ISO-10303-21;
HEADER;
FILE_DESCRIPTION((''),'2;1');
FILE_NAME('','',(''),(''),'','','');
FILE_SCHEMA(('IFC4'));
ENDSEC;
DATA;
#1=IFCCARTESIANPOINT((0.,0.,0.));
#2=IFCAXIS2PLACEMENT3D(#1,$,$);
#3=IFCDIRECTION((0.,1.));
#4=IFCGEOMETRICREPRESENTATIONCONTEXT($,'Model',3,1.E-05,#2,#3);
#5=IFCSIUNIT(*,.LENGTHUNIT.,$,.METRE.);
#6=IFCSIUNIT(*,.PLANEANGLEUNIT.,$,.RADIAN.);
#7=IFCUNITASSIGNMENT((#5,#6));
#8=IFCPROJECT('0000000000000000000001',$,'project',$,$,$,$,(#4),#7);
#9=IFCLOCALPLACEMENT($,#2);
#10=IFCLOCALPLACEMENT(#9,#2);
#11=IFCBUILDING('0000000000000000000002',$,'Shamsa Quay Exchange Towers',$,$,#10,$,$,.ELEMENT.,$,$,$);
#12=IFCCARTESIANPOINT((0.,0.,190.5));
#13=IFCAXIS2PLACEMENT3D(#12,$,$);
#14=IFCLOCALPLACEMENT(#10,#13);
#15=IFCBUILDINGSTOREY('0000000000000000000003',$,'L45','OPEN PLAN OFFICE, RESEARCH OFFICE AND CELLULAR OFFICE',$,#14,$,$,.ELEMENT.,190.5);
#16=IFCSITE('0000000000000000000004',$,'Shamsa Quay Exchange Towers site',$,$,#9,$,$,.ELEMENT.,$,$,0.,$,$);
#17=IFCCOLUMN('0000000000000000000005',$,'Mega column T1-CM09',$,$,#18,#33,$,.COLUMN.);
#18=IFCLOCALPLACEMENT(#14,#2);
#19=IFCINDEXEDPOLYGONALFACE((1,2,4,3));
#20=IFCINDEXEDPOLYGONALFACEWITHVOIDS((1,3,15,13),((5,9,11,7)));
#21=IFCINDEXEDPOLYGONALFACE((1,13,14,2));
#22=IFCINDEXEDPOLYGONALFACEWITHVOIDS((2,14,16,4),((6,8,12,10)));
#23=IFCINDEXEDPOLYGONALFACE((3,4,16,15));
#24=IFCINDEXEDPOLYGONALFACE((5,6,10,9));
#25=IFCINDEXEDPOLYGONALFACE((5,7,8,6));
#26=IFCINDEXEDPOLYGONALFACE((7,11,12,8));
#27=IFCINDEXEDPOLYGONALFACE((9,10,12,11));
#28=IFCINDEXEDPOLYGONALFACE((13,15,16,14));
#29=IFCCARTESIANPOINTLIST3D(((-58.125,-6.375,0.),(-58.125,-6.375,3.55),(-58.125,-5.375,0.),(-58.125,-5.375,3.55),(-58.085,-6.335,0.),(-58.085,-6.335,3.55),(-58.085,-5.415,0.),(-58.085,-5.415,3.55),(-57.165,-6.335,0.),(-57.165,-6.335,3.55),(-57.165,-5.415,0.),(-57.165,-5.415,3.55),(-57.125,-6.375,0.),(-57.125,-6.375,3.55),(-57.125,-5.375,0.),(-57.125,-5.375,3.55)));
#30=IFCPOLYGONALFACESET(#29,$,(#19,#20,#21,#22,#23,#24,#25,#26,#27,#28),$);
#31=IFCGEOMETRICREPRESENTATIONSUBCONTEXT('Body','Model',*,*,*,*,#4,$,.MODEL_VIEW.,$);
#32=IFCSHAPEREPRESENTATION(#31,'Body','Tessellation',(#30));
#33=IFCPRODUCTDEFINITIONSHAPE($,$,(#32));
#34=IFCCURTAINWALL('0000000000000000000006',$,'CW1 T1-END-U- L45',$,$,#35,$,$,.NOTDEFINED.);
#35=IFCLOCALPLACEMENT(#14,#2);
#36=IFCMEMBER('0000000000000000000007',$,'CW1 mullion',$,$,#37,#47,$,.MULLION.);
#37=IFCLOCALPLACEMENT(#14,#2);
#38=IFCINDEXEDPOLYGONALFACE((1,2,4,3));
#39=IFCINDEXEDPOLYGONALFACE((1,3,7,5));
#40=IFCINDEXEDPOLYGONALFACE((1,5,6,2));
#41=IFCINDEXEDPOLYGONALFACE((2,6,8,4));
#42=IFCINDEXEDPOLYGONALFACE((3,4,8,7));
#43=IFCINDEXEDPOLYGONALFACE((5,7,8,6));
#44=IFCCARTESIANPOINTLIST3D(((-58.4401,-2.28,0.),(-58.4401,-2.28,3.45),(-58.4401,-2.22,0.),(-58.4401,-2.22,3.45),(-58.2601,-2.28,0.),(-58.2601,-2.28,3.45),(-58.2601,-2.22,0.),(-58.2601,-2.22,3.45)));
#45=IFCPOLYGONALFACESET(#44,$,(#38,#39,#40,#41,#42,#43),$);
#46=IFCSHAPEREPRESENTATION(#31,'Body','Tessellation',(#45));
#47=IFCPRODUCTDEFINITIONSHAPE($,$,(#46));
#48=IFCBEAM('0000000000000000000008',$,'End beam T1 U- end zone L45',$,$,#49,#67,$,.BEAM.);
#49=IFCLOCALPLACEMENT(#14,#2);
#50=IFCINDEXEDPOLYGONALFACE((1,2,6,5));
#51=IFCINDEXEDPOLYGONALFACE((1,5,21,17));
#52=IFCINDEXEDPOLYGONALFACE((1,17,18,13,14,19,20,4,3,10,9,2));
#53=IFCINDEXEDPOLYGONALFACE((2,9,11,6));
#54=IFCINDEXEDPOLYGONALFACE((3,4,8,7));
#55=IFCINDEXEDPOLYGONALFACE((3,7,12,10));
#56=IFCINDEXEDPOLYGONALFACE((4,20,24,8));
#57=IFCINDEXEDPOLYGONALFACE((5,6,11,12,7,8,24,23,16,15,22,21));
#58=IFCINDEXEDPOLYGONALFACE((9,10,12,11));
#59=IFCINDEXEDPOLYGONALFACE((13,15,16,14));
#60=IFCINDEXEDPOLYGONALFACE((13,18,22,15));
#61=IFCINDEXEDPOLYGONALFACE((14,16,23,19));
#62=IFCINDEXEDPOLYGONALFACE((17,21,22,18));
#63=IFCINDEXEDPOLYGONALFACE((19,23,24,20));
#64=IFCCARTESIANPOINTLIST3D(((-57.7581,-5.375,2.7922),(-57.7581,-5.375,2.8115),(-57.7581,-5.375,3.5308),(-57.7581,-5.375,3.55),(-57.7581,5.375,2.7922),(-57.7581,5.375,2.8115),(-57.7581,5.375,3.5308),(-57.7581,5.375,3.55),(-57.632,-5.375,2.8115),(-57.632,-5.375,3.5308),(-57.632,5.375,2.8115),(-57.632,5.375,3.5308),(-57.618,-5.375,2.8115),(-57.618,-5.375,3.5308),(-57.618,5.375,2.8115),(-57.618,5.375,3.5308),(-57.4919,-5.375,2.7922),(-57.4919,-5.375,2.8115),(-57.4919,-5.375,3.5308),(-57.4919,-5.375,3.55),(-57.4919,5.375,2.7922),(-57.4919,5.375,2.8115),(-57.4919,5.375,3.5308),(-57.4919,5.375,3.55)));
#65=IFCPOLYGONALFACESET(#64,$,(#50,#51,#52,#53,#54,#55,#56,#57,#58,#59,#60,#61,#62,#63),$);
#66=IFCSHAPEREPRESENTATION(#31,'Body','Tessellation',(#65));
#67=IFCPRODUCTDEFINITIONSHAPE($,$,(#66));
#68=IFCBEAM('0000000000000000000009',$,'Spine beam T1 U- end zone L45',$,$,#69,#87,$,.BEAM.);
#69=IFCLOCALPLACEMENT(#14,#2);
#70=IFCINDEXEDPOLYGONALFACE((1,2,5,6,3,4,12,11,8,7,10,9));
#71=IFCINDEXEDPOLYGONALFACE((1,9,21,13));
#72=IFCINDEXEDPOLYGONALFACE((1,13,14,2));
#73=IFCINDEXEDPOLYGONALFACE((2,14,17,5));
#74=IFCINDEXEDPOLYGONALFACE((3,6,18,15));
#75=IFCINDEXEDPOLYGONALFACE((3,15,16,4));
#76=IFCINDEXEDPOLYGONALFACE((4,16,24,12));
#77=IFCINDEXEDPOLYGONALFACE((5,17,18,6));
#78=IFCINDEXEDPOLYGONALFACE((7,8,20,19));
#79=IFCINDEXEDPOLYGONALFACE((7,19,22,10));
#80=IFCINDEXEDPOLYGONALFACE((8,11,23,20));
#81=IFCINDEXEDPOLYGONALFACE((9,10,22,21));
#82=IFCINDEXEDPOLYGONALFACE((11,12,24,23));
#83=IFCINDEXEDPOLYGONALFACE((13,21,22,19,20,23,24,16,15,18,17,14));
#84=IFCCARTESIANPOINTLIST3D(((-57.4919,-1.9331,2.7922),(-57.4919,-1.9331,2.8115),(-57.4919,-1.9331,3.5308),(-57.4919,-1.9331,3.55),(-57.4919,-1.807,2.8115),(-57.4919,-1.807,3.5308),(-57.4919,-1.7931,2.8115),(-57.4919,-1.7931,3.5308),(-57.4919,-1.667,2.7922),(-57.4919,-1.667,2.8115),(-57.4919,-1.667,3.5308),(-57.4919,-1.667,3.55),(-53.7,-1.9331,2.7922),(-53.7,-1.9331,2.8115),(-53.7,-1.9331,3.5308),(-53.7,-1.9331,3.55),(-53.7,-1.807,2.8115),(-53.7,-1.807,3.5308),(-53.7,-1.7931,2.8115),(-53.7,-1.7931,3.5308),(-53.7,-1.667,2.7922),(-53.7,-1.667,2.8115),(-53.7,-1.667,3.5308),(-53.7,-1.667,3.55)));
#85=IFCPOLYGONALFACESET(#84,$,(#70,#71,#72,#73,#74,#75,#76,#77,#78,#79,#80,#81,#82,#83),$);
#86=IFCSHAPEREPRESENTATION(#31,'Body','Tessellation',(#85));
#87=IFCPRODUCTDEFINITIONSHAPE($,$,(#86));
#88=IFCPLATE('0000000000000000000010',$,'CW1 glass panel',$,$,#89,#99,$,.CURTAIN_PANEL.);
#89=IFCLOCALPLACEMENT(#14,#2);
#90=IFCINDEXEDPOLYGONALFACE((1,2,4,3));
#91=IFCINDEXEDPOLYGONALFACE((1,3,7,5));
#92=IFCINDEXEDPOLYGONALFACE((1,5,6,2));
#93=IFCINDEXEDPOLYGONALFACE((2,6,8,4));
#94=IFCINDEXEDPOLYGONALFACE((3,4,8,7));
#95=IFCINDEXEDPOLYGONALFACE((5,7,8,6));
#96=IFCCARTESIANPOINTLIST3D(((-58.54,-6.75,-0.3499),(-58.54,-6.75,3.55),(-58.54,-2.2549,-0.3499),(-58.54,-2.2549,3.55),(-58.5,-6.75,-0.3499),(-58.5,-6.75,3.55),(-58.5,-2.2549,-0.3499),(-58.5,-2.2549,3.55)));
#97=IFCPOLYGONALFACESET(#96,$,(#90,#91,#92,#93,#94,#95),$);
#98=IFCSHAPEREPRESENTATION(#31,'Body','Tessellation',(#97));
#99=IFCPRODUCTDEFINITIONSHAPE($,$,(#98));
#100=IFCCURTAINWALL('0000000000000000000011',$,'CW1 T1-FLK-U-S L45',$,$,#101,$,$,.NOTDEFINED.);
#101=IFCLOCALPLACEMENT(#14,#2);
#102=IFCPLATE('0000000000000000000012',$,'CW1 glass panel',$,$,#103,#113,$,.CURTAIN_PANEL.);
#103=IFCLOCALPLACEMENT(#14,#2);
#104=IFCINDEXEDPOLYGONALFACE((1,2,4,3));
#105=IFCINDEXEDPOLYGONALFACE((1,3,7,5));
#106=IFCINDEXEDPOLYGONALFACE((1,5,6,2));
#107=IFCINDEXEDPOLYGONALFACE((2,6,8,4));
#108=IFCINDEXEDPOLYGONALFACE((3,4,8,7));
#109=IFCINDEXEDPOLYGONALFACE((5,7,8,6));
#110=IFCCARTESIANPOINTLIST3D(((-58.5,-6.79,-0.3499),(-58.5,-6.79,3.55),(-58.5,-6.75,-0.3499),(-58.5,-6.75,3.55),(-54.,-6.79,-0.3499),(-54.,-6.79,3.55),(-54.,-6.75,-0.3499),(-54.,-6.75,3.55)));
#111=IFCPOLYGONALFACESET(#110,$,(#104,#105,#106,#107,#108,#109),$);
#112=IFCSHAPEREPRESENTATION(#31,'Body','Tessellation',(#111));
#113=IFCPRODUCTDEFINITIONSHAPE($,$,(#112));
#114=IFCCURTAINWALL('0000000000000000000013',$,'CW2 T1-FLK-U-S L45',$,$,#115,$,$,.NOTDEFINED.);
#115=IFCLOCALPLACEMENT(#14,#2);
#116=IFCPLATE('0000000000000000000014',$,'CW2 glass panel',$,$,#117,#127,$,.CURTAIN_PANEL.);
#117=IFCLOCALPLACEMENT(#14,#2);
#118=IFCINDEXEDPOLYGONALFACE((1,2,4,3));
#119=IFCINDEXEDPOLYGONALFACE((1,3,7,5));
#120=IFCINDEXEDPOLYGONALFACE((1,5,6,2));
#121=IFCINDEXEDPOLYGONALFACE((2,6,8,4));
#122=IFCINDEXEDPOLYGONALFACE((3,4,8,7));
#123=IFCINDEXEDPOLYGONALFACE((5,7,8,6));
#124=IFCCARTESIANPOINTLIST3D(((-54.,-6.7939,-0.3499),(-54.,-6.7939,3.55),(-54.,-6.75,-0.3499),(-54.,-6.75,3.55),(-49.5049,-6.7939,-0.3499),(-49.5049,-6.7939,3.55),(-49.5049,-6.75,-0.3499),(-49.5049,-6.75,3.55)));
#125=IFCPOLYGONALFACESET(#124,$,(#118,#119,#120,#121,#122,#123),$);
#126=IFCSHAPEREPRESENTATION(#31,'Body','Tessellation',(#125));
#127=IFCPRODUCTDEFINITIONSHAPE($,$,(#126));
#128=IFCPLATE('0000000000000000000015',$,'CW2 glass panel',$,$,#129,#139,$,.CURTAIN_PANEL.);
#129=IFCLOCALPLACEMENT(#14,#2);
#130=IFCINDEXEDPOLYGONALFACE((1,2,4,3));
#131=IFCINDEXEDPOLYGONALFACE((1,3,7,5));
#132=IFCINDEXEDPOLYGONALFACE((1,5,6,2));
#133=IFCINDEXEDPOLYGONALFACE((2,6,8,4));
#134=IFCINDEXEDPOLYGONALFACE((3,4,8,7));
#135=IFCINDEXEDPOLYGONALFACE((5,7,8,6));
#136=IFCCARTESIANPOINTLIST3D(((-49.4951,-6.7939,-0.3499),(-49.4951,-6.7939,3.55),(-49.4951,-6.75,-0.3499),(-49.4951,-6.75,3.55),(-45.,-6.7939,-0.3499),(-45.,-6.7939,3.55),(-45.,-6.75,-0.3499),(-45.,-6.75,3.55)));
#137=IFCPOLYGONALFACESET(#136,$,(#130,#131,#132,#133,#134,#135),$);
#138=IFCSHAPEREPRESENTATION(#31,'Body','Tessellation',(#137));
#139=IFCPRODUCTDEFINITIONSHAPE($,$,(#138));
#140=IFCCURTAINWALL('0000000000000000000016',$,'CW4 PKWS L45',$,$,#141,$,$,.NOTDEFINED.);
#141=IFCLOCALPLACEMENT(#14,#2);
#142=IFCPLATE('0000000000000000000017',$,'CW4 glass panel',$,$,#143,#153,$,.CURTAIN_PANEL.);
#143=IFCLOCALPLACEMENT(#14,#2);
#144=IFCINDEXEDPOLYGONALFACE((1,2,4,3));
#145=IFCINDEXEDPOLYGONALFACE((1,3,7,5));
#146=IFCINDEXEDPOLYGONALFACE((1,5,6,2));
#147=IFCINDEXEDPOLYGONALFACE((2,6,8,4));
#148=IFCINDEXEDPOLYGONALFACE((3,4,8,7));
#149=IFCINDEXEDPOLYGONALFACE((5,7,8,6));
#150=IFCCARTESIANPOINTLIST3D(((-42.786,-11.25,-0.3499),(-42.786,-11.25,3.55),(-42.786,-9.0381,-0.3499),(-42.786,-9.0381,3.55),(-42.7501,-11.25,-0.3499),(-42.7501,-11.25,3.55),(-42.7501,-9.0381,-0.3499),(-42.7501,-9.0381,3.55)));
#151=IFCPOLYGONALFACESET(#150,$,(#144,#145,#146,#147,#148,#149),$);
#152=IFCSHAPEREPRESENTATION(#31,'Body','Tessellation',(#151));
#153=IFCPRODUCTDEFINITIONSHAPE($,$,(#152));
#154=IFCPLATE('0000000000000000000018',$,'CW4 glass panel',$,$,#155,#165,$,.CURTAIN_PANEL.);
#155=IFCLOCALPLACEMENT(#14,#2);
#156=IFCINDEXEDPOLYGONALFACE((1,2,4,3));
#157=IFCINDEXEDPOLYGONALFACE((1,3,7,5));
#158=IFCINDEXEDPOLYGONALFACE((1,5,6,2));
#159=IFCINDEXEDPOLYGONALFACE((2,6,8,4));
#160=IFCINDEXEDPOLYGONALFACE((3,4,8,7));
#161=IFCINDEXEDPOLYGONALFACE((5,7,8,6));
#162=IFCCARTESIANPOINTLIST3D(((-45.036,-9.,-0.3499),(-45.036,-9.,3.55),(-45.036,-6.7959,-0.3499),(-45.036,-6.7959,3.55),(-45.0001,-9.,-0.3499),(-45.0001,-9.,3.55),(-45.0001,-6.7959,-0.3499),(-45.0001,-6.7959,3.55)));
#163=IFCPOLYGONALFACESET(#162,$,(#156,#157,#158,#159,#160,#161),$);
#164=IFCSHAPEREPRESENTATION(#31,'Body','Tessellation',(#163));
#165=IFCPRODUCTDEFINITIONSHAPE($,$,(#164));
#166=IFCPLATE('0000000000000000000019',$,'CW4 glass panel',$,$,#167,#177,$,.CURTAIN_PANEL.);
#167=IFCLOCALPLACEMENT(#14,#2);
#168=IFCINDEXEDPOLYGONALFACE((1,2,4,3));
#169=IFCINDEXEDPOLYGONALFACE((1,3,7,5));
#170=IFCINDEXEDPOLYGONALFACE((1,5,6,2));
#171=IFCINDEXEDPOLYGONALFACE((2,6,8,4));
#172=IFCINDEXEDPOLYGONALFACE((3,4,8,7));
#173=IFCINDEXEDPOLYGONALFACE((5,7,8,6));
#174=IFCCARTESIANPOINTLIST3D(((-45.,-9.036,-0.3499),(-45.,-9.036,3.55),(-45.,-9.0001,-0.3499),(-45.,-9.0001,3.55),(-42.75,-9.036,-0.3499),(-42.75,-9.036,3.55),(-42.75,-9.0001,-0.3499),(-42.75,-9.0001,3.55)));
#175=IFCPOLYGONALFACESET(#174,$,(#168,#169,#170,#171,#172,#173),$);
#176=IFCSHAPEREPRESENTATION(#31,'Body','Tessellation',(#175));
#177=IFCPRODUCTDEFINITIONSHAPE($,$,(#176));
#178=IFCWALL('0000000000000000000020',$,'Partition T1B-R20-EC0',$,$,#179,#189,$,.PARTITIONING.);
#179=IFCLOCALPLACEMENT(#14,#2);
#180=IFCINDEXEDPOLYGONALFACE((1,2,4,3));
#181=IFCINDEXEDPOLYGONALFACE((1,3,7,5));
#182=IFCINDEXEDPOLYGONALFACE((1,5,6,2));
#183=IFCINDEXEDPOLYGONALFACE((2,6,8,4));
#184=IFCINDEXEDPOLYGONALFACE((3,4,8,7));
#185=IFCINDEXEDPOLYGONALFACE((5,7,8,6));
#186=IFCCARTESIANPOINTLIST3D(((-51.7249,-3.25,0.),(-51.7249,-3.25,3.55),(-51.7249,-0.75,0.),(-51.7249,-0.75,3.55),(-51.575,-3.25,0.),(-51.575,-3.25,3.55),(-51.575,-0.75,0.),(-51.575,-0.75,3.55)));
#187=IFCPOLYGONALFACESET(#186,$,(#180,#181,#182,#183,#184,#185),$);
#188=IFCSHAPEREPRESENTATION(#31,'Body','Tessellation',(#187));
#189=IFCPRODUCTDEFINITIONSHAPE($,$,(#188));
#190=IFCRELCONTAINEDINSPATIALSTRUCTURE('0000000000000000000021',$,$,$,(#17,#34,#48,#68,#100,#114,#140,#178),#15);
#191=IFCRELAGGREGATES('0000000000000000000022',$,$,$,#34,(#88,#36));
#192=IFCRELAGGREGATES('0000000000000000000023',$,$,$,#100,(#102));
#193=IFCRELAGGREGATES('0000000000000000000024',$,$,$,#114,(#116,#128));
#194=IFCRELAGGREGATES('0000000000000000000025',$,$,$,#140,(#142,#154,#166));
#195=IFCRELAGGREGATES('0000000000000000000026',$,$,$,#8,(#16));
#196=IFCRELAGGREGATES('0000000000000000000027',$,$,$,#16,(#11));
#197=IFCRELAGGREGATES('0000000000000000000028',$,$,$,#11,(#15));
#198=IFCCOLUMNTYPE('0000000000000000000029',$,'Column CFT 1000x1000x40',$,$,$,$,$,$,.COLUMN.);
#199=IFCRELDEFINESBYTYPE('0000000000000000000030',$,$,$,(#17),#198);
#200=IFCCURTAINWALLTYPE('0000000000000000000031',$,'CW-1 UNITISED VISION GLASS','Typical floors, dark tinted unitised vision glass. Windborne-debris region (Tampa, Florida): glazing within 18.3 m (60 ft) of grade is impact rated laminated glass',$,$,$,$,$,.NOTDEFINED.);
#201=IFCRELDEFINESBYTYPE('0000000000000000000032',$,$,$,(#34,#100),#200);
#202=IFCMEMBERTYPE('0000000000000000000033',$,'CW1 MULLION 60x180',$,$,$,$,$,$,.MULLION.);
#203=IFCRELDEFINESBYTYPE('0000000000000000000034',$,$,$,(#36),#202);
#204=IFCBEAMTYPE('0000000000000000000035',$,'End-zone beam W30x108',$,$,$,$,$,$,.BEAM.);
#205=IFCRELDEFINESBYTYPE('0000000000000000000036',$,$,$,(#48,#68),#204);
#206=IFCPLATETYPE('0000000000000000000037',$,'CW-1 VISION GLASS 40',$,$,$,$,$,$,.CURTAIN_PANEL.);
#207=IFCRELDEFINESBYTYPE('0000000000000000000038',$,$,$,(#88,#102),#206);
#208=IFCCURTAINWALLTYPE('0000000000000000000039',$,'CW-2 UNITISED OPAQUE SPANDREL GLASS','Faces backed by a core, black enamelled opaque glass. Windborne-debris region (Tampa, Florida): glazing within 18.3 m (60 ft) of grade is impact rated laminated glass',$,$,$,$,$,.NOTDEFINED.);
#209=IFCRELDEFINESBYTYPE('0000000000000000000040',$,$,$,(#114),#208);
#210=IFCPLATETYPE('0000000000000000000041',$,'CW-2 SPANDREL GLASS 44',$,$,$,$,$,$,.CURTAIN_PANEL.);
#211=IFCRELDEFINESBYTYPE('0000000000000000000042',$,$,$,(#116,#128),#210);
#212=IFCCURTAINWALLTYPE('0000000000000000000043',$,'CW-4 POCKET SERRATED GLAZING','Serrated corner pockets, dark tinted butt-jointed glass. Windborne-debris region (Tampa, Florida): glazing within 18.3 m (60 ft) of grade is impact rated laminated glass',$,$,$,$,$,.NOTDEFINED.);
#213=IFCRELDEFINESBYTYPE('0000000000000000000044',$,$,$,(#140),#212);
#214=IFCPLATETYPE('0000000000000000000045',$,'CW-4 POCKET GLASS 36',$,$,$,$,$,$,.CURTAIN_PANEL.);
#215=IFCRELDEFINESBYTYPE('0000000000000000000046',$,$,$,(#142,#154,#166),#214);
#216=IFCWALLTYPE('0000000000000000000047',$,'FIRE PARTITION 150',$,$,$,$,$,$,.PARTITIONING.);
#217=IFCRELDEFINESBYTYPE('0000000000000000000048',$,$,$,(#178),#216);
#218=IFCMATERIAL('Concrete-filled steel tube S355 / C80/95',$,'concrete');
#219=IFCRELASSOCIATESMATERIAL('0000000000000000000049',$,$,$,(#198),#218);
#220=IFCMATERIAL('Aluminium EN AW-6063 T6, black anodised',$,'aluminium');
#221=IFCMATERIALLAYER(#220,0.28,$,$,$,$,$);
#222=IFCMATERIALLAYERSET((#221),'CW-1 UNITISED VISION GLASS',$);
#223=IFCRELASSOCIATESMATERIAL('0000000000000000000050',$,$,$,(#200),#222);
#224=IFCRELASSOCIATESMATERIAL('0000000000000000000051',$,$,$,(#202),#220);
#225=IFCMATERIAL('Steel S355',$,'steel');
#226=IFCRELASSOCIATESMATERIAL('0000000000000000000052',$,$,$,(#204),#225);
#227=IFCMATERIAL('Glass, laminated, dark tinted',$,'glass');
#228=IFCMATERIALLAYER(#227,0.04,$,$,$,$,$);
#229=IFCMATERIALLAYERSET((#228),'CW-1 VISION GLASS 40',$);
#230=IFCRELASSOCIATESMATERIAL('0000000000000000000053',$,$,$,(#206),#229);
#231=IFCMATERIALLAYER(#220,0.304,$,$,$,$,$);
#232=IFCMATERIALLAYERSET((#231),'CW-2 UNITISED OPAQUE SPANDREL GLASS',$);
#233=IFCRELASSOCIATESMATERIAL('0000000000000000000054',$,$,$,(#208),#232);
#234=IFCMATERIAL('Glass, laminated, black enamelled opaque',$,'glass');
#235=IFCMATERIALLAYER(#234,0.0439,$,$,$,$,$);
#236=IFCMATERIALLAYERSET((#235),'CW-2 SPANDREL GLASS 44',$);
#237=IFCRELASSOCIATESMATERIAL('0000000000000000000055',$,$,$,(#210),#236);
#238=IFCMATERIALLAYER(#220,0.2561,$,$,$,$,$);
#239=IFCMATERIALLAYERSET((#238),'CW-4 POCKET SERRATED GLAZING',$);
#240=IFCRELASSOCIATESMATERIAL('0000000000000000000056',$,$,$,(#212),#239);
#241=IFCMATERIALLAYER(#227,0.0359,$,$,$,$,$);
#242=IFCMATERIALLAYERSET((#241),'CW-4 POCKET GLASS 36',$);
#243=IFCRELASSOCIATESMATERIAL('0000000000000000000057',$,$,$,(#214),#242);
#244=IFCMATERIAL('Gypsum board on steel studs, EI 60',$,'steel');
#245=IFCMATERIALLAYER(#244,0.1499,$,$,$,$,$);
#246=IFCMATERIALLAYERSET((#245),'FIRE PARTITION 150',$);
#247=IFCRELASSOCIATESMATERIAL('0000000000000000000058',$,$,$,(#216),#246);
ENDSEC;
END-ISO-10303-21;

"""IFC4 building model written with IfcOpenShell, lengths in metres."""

from ifc_helpers import new_model, si_unit, direction, frame, frame_2d, origin, origin_2d, place, context, subcontext, project, spatial, rectangle, hollow_rectangle, i_section, extrude, material, layer, layer_set, material_profile, profile_set, type_object, element, aggregate, save


model = new_model("IFC4")

# Units and contexts
model_context = context("Model", 3, precision=1e-05, world=origin(), true_north=direction((0.0, 1.0)))
body_context = subcontext(model_context, "Body", "Model", "MODEL_VIEW")
ifc_project = project(units=[si_unit("LENGTHUNIT", "METRE"), si_unit("PLANEANGLEUNIT", "RADIAN")], contexts=[model_context])

# Site, building, storey
site_placement = place(None, origin())
site = spatial("IfcSite", under=ifc_project, at=site_placement, Name="Shamsa Quay Exchange Towers site", CompositionType="ELEMENT", RefElevation=0.0)
building_placement = place(site_placement, origin())
building = spatial("IfcBuilding", under=site, at=building_placement, Name="Shamsa Quay Exchange Towers", CompositionType="ELEMENT")
storey_placement = place(building_placement, frame((0.0, 0.0, 190.5)))
storey = spatial("IfcBuildingStorey", under=building, at=storey_placement, Name="L45", Description="OPEN PLAN OFFICE, RESEARCH OFFICE AND CELLULAR OFFICE", CompositionType="ELEMENT", Elevation=190.5)

# Column
ifc_material_1 = material(Name="Concrete-filled steel tube S355 / C80/95", Category="concrete")
ifc_material_profile_1 = material_profile(ifc_material_1, hollow_rectangle(XDim=1.0, YDim=1.0, WallThickness=0.04, at=origin_2d()), Name="CFT 1000x1000x40")
ifc_profile_set_1 = profile_set([ifc_material_profile_1], Name="Concrete-filled steel tube S355 / C80/95")
column_type = type_object("IfcColumnType", Name="Column CFT 1000x1000x40", PredefinedType="COLUMN", material=ifc_profile_set_1)
column_placement = place(storey_placement, frame((-57.625, -5.875, 0.0)))
element("IfcColumn", 1, at=column_placement, inside=storey, type_object=column_type, Name="Mega column T1-CM09", PredefinedType="COLUMN", context=body_context, shape_type="SweptSolid", body=[
    extrude(hollow_rectangle(XDim=1.0, YDim=1.0, WallThickness=0.04, at=origin_2d()), origin(), (0.0, 0.0, 1.0), 3.55),
])

# Curtain wall, member
ifc_material_2 = material(Name="Aluminium EN AW-6063 T6, black anodised", Category="aluminium")
ifc_layer_1 = layer(ifc_material_2, 0.28)
ifc_layer_set_1 = layer_set([ifc_layer_1], Name="CW-1 UNITISED VISION GLASS")
curtain_wall_type_1 = type_object("IfcCurtainWallType", Name="CW-1 UNITISED VISION GLASS", Description="Typical floors, dark tinted unitised vision glass. Windborne-debris region (Tampa, Florida): glazing within 18.3 m (60 ft) of grade is impact rated laminated glass", PredefinedType="NOTDEFINED", material=ifc_layer_set_1)
curtain_wall_1_placement = place(storey_placement, origin())
curtain_wall_1 = element("IfcCurtainWall", 2, at=curtain_wall_1_placement, inside=storey, type_object=curtain_wall_type_1, Name="CW1 T1-END-U- L45", PredefinedType="NOTDEFINED")
ifc_material_profile_2 = material_profile(ifc_material_2, rectangle(XDim=0.1799, YDim=0.0601, at=origin_2d()), Name="MU60x180")
ifc_profile_set_2 = profile_set([ifc_material_profile_2], Name="Aluminium EN AW-6063 T6, black anodised")
member_type = type_object("IfcMemberType", Name="CW1 MULLION 60x180", PredefinedType="MULLION", material=ifc_profile_set_2)
member_placement = place(storey_placement, frame((-58.3501, -2.25, 0.0)))
member = element("IfcMember", 3, at=member_placement, type_object=member_type, Name="CW1 mullion", PredefinedType="MULLION", context=body_context, shape_type="SweptSolid", body=[
    extrude(rectangle(XDim=0.1799, YDim=0.0601, at=origin_2d()), origin(), (0.0, 0.0, 1.0), 3.45),
])

# Beams
ifc_material_3 = material(Name="Steel S355", Category="steel")
ifc_material_profile_3 = material_profile(ifc_material_3, i_section(OverallWidth=0.2661, OverallDepth=0.7578, WebThickness=0.0139, FlangeThickness=0.0193, at=origin_2d()), Name="W30x108")
ifc_profile_set_3 = profile_set([ifc_material_profile_3], Name="Steel S355")
beam_type = type_object("IfcBeamType", Name="End-zone beam W30x108", PredefinedType="BEAM", material=ifc_profile_set_3)
beam_1_placement = place(storey_placement, frame((-57.625, -5.375, 3.1711), z_axis=(0.0, 1.0, 0.0), x_axis=(-1.0, 0.0, 0.0)))
element("IfcBeam", 4, at=beam_1_placement, inside=storey, type_object=beam_type, Name="End beam T1 U- end zone L45", PredefinedType="BEAM", context=body_context, shape_type="SweptSolid", body=[
    extrude(i_section(OverallWidth=0.2661, OverallDepth=0.7578, WebThickness=0.0139, FlangeThickness=0.0193, at=origin_2d()), origin(), (0.0, 0.0, 1.0), 10.75),
])
beam_2_placement = place(storey_placement, frame((-53.7, -1.8, 3.1711), z_axis=(-1.0, 0.0, 0.0), x_axis=(0.0, -1.0, 0.0)))
element("IfcBeam", 5, at=beam_2_placement, inside=storey, type_object=beam_type, Name="Spine beam T1 U- end zone L45", PredefinedType="BEAM", context=body_context, shape_type="SweptSolid", body=[
    extrude(i_section(OverallWidth=0.2661, OverallDepth=0.7578, WebThickness=0.0139, FlangeThickness=0.0193, at=origin_2d()), origin(), (0.0, 0.0, 1.0), 3.792),
])

# Plate
ifc_material_4 = material(Name="Glass, laminated, dark tinted", Category="glass")
ifc_layer_2 = layer(ifc_material_4, 0.04)
ifc_layer_set_2 = layer_set([ifc_layer_2], Name="CW-1 VISION GLASS 40")
plate_type_1 = type_object("IfcPlateType", Name="CW-1 VISION GLASS 40", PredefinedType="CURTAIN_PANEL", material=ifc_layer_set_2)
plate_1_placement = place(storey_placement, frame((-58.52, -4.5024, -0.3499), z_axis=(0.0, 0.0, 1.0), x_axis=(0.0, -1.0, 0.0)))
plate_1 = element("IfcPlate", 6, at=plate_1_placement, type_object=plate_type_1, Name="CW1 glass panel", PredefinedType="CURTAIN_PANEL", context=body_context, shape_type="SweptSolid", body=[
    extrude(rectangle(XDim=4.4951, YDim=0.04, at=origin_2d()), origin(), (0.0, 0.0, 1.0), 3.8999),
])
aggregate(curtain_wall_1, [plate_1, member])

# Curtain wall, plate
curtain_wall_2_placement = place(storey_placement, origin())
curtain_wall_2 = element("IfcCurtainWall", 7, at=curtain_wall_2_placement, inside=storey, type_object=curtain_wall_type_1, Name="CW1 T1-FLK-U-S L45", PredefinedType="NOTDEFINED")
plate_2_placement = place(storey_placement, frame((-56.25, -6.77, -0.3499)))
plate_2 = element("IfcPlate", 8, at=plate_2_placement, type_object=plate_type_1, Name="CW1 glass panel", PredefinedType="CURTAIN_PANEL", context=body_context, shape_type="SweptSolid", body=[
    extrude(rectangle(XDim=4.5, YDim=0.04, at=origin_2d()), origin(), (0.0, 0.0, 1.0), 3.8999),
])
aggregate(curtain_wall_2, [plate_2])

# Curtain walls, plates
ifc_layer_3 = layer(ifc_material_2, 0.304)
ifc_layer_set_3 = layer_set([ifc_layer_3], Name="CW-2 UNITISED OPAQUE SPANDREL GLASS")
curtain_wall_type_2 = type_object("IfcCurtainWallType", Name="CW-2 UNITISED OPAQUE SPANDREL GLASS", Description="Faces backed by a core, black enamelled opaque glass. Windborne-debris region (Tampa, Florida): glazing within 18.3 m (60 ft) of grade is impact rated laminated glass", PredefinedType="NOTDEFINED", material=ifc_layer_set_3)
curtain_wall_3_placement = place(storey_placement, origin())
curtain_wall_3 = element("IfcCurtainWall", 9, at=curtain_wall_3_placement, inside=storey, type_object=curtain_wall_type_2, Name="CW2 T1-FLK-U-S L45", PredefinedType="NOTDEFINED")
ifc_material_5 = material(Name="Glass, laminated, black enamelled opaque", Category="glass")
ifc_layer_4 = layer(ifc_material_5, 0.0439)
ifc_layer_set_4 = layer_set([ifc_layer_4], Name="CW-2 SPANDREL GLASS 44")
plate_type_2 = type_object("IfcPlateType", Name="CW-2 SPANDREL GLASS 44", PredefinedType="CURTAIN_PANEL", material=ifc_layer_set_4)
plate_3_placement = place(storey_placement, frame((-51.7524, -6.772, -0.3499)))
plate_3 = element("IfcPlate", 10, at=plate_3_placement, type_object=plate_type_2, Name="CW2 glass panel", PredefinedType="CURTAIN_PANEL", context=body_context, shape_type="SweptSolid", body=[
    extrude(rectangle(XDim=4.4951, YDim=0.0439, at=origin_2d()), origin(), (0.0, 0.0, 1.0), 3.8999),
])
plate_4_placement = place(storey_placement, frame((-47.2476, -6.772, -0.3499)))
plate_4 = element("IfcPlate", 11, at=plate_4_placement, type_object=plate_type_2, Name="CW2 glass panel", PredefinedType="CURTAIN_PANEL", context=body_context, shape_type="SweptSolid", body=[
    extrude(rectangle(XDim=4.4951, YDim=0.0439, at=origin_2d()), origin(), (0.0, 0.0, 1.0), 3.8999),
])
aggregate(curtain_wall_3, [plate_3, plate_4])
ifc_layer_5 = layer(ifc_material_2, 0.2561)
ifc_layer_set_5 = layer_set([ifc_layer_5], Name="CW-4 POCKET SERRATED GLAZING")
curtain_wall_type_3 = type_object("IfcCurtainWallType", Name="CW-4 POCKET SERRATED GLAZING", Description="Serrated corner pockets, dark tinted butt-jointed glass. Windborne-debris region (Tampa, Florida): glazing within 18.3 m (60 ft) of grade is impact rated laminated glass", PredefinedType="NOTDEFINED", material=ifc_layer_set_5)
curtain_wall_4_placement = place(storey_placement, origin())
curtain_wall_4 = element("IfcCurtainWall", 12, at=curtain_wall_4_placement, inside=storey, type_object=curtain_wall_type_3, Name="CW4 PKWS L45", PredefinedType="NOTDEFINED")
ifc_layer_6 = layer(ifc_material_4, 0.0359)
ifc_layer_set_6 = layer_set([ifc_layer_6], Name="CW-4 POCKET GLASS 36")
plate_type_3 = type_object("IfcPlateType", Name="CW-4 POCKET GLASS 36", PredefinedType="CURTAIN_PANEL", material=ifc_layer_set_6)
plate_5_placement = place(storey_placement, frame((-42.7681, -10.144, -0.3499), z_axis=(0.0, 0.0, 1.0), x_axis=(0.0, -1.0, 0.0)))
plate_5 = element("IfcPlate", 13, at=plate_5_placement, type_object=plate_type_3, Name="CW4 glass panel", PredefinedType="CURTAIN_PANEL", context=body_context, shape_type="SweptSolid", body=[
    extrude(rectangle(XDim=2.2119, YDim=0.0359, at=origin_2d()), origin(), (0.0, 0.0, 1.0), 3.8999),
])
plate_6_placement = place(storey_placement, frame((-45.0181, -7.8979, -0.3499), z_axis=(0.0, 0.0, 1.0), x_axis=(0.0, -1.0, 0.0)))
plate_6 = element("IfcPlate", 14, at=plate_6_placement, type_object=plate_type_3, Name="CW4 glass panel", PredefinedType="CURTAIN_PANEL", context=body_context, shape_type="SweptSolid", body=[
    extrude(rectangle(XDim=2.2041, YDim=0.0359, at=origin_2d()), origin(), (0.0, 0.0, 1.0), 3.8999),
])
plate_7_placement = place(storey_placement, frame((-43.875, -9.0181, -0.3499)))
plate_7 = element("IfcPlate", 15, at=plate_7_placement, type_object=plate_type_3, Name="CW4 glass panel", PredefinedType="CURTAIN_PANEL", context=body_context, shape_type="SweptSolid", body=[
    extrude(rectangle(XDim=2.25, YDim=0.0359, at=origin_2d()), origin(), (0.0, 0.0, 1.0), 3.8999),
])
aggregate(curtain_wall_4, [plate_5, plate_6, plate_7])

# Wall
ifc_material_6 = material(Name="Gypsum board on steel studs, EI 60", Category="steel")
ifc_layer_7 = layer(ifc_material_6, 0.1499)
ifc_layer_set_7 = layer_set([ifc_layer_7], Name="FIRE PARTITION 150")
wall_type_1 = type_object("IfcWallType", Name="FIRE PARTITION 150", PredefinedType="PARTITIONING", material=ifc_layer_set_7)
wall_1_placement = place(storey_placement, frame((-51.6499, -3.25, 0.0), z_axis=(0.0, 0.0, 1.0), x_axis=(0.0, 1.0, 0.0)))
element("IfcWall", 16, at=wall_1_placement, inside=storey, type_object=wall_type_1, Name="Partition T1B-R20-EC0", PredefinedType="PARTITIONING", context=body_context, shape_type="SweptSolid", body=[
    extrude(rectangle(XDim=2.5, YDim=0.1499, at=frame_2d((1.25, 0.0))), origin(), (0.0, 0.0, 1.0), 3.55),
])

save(model, "model.ifc")
